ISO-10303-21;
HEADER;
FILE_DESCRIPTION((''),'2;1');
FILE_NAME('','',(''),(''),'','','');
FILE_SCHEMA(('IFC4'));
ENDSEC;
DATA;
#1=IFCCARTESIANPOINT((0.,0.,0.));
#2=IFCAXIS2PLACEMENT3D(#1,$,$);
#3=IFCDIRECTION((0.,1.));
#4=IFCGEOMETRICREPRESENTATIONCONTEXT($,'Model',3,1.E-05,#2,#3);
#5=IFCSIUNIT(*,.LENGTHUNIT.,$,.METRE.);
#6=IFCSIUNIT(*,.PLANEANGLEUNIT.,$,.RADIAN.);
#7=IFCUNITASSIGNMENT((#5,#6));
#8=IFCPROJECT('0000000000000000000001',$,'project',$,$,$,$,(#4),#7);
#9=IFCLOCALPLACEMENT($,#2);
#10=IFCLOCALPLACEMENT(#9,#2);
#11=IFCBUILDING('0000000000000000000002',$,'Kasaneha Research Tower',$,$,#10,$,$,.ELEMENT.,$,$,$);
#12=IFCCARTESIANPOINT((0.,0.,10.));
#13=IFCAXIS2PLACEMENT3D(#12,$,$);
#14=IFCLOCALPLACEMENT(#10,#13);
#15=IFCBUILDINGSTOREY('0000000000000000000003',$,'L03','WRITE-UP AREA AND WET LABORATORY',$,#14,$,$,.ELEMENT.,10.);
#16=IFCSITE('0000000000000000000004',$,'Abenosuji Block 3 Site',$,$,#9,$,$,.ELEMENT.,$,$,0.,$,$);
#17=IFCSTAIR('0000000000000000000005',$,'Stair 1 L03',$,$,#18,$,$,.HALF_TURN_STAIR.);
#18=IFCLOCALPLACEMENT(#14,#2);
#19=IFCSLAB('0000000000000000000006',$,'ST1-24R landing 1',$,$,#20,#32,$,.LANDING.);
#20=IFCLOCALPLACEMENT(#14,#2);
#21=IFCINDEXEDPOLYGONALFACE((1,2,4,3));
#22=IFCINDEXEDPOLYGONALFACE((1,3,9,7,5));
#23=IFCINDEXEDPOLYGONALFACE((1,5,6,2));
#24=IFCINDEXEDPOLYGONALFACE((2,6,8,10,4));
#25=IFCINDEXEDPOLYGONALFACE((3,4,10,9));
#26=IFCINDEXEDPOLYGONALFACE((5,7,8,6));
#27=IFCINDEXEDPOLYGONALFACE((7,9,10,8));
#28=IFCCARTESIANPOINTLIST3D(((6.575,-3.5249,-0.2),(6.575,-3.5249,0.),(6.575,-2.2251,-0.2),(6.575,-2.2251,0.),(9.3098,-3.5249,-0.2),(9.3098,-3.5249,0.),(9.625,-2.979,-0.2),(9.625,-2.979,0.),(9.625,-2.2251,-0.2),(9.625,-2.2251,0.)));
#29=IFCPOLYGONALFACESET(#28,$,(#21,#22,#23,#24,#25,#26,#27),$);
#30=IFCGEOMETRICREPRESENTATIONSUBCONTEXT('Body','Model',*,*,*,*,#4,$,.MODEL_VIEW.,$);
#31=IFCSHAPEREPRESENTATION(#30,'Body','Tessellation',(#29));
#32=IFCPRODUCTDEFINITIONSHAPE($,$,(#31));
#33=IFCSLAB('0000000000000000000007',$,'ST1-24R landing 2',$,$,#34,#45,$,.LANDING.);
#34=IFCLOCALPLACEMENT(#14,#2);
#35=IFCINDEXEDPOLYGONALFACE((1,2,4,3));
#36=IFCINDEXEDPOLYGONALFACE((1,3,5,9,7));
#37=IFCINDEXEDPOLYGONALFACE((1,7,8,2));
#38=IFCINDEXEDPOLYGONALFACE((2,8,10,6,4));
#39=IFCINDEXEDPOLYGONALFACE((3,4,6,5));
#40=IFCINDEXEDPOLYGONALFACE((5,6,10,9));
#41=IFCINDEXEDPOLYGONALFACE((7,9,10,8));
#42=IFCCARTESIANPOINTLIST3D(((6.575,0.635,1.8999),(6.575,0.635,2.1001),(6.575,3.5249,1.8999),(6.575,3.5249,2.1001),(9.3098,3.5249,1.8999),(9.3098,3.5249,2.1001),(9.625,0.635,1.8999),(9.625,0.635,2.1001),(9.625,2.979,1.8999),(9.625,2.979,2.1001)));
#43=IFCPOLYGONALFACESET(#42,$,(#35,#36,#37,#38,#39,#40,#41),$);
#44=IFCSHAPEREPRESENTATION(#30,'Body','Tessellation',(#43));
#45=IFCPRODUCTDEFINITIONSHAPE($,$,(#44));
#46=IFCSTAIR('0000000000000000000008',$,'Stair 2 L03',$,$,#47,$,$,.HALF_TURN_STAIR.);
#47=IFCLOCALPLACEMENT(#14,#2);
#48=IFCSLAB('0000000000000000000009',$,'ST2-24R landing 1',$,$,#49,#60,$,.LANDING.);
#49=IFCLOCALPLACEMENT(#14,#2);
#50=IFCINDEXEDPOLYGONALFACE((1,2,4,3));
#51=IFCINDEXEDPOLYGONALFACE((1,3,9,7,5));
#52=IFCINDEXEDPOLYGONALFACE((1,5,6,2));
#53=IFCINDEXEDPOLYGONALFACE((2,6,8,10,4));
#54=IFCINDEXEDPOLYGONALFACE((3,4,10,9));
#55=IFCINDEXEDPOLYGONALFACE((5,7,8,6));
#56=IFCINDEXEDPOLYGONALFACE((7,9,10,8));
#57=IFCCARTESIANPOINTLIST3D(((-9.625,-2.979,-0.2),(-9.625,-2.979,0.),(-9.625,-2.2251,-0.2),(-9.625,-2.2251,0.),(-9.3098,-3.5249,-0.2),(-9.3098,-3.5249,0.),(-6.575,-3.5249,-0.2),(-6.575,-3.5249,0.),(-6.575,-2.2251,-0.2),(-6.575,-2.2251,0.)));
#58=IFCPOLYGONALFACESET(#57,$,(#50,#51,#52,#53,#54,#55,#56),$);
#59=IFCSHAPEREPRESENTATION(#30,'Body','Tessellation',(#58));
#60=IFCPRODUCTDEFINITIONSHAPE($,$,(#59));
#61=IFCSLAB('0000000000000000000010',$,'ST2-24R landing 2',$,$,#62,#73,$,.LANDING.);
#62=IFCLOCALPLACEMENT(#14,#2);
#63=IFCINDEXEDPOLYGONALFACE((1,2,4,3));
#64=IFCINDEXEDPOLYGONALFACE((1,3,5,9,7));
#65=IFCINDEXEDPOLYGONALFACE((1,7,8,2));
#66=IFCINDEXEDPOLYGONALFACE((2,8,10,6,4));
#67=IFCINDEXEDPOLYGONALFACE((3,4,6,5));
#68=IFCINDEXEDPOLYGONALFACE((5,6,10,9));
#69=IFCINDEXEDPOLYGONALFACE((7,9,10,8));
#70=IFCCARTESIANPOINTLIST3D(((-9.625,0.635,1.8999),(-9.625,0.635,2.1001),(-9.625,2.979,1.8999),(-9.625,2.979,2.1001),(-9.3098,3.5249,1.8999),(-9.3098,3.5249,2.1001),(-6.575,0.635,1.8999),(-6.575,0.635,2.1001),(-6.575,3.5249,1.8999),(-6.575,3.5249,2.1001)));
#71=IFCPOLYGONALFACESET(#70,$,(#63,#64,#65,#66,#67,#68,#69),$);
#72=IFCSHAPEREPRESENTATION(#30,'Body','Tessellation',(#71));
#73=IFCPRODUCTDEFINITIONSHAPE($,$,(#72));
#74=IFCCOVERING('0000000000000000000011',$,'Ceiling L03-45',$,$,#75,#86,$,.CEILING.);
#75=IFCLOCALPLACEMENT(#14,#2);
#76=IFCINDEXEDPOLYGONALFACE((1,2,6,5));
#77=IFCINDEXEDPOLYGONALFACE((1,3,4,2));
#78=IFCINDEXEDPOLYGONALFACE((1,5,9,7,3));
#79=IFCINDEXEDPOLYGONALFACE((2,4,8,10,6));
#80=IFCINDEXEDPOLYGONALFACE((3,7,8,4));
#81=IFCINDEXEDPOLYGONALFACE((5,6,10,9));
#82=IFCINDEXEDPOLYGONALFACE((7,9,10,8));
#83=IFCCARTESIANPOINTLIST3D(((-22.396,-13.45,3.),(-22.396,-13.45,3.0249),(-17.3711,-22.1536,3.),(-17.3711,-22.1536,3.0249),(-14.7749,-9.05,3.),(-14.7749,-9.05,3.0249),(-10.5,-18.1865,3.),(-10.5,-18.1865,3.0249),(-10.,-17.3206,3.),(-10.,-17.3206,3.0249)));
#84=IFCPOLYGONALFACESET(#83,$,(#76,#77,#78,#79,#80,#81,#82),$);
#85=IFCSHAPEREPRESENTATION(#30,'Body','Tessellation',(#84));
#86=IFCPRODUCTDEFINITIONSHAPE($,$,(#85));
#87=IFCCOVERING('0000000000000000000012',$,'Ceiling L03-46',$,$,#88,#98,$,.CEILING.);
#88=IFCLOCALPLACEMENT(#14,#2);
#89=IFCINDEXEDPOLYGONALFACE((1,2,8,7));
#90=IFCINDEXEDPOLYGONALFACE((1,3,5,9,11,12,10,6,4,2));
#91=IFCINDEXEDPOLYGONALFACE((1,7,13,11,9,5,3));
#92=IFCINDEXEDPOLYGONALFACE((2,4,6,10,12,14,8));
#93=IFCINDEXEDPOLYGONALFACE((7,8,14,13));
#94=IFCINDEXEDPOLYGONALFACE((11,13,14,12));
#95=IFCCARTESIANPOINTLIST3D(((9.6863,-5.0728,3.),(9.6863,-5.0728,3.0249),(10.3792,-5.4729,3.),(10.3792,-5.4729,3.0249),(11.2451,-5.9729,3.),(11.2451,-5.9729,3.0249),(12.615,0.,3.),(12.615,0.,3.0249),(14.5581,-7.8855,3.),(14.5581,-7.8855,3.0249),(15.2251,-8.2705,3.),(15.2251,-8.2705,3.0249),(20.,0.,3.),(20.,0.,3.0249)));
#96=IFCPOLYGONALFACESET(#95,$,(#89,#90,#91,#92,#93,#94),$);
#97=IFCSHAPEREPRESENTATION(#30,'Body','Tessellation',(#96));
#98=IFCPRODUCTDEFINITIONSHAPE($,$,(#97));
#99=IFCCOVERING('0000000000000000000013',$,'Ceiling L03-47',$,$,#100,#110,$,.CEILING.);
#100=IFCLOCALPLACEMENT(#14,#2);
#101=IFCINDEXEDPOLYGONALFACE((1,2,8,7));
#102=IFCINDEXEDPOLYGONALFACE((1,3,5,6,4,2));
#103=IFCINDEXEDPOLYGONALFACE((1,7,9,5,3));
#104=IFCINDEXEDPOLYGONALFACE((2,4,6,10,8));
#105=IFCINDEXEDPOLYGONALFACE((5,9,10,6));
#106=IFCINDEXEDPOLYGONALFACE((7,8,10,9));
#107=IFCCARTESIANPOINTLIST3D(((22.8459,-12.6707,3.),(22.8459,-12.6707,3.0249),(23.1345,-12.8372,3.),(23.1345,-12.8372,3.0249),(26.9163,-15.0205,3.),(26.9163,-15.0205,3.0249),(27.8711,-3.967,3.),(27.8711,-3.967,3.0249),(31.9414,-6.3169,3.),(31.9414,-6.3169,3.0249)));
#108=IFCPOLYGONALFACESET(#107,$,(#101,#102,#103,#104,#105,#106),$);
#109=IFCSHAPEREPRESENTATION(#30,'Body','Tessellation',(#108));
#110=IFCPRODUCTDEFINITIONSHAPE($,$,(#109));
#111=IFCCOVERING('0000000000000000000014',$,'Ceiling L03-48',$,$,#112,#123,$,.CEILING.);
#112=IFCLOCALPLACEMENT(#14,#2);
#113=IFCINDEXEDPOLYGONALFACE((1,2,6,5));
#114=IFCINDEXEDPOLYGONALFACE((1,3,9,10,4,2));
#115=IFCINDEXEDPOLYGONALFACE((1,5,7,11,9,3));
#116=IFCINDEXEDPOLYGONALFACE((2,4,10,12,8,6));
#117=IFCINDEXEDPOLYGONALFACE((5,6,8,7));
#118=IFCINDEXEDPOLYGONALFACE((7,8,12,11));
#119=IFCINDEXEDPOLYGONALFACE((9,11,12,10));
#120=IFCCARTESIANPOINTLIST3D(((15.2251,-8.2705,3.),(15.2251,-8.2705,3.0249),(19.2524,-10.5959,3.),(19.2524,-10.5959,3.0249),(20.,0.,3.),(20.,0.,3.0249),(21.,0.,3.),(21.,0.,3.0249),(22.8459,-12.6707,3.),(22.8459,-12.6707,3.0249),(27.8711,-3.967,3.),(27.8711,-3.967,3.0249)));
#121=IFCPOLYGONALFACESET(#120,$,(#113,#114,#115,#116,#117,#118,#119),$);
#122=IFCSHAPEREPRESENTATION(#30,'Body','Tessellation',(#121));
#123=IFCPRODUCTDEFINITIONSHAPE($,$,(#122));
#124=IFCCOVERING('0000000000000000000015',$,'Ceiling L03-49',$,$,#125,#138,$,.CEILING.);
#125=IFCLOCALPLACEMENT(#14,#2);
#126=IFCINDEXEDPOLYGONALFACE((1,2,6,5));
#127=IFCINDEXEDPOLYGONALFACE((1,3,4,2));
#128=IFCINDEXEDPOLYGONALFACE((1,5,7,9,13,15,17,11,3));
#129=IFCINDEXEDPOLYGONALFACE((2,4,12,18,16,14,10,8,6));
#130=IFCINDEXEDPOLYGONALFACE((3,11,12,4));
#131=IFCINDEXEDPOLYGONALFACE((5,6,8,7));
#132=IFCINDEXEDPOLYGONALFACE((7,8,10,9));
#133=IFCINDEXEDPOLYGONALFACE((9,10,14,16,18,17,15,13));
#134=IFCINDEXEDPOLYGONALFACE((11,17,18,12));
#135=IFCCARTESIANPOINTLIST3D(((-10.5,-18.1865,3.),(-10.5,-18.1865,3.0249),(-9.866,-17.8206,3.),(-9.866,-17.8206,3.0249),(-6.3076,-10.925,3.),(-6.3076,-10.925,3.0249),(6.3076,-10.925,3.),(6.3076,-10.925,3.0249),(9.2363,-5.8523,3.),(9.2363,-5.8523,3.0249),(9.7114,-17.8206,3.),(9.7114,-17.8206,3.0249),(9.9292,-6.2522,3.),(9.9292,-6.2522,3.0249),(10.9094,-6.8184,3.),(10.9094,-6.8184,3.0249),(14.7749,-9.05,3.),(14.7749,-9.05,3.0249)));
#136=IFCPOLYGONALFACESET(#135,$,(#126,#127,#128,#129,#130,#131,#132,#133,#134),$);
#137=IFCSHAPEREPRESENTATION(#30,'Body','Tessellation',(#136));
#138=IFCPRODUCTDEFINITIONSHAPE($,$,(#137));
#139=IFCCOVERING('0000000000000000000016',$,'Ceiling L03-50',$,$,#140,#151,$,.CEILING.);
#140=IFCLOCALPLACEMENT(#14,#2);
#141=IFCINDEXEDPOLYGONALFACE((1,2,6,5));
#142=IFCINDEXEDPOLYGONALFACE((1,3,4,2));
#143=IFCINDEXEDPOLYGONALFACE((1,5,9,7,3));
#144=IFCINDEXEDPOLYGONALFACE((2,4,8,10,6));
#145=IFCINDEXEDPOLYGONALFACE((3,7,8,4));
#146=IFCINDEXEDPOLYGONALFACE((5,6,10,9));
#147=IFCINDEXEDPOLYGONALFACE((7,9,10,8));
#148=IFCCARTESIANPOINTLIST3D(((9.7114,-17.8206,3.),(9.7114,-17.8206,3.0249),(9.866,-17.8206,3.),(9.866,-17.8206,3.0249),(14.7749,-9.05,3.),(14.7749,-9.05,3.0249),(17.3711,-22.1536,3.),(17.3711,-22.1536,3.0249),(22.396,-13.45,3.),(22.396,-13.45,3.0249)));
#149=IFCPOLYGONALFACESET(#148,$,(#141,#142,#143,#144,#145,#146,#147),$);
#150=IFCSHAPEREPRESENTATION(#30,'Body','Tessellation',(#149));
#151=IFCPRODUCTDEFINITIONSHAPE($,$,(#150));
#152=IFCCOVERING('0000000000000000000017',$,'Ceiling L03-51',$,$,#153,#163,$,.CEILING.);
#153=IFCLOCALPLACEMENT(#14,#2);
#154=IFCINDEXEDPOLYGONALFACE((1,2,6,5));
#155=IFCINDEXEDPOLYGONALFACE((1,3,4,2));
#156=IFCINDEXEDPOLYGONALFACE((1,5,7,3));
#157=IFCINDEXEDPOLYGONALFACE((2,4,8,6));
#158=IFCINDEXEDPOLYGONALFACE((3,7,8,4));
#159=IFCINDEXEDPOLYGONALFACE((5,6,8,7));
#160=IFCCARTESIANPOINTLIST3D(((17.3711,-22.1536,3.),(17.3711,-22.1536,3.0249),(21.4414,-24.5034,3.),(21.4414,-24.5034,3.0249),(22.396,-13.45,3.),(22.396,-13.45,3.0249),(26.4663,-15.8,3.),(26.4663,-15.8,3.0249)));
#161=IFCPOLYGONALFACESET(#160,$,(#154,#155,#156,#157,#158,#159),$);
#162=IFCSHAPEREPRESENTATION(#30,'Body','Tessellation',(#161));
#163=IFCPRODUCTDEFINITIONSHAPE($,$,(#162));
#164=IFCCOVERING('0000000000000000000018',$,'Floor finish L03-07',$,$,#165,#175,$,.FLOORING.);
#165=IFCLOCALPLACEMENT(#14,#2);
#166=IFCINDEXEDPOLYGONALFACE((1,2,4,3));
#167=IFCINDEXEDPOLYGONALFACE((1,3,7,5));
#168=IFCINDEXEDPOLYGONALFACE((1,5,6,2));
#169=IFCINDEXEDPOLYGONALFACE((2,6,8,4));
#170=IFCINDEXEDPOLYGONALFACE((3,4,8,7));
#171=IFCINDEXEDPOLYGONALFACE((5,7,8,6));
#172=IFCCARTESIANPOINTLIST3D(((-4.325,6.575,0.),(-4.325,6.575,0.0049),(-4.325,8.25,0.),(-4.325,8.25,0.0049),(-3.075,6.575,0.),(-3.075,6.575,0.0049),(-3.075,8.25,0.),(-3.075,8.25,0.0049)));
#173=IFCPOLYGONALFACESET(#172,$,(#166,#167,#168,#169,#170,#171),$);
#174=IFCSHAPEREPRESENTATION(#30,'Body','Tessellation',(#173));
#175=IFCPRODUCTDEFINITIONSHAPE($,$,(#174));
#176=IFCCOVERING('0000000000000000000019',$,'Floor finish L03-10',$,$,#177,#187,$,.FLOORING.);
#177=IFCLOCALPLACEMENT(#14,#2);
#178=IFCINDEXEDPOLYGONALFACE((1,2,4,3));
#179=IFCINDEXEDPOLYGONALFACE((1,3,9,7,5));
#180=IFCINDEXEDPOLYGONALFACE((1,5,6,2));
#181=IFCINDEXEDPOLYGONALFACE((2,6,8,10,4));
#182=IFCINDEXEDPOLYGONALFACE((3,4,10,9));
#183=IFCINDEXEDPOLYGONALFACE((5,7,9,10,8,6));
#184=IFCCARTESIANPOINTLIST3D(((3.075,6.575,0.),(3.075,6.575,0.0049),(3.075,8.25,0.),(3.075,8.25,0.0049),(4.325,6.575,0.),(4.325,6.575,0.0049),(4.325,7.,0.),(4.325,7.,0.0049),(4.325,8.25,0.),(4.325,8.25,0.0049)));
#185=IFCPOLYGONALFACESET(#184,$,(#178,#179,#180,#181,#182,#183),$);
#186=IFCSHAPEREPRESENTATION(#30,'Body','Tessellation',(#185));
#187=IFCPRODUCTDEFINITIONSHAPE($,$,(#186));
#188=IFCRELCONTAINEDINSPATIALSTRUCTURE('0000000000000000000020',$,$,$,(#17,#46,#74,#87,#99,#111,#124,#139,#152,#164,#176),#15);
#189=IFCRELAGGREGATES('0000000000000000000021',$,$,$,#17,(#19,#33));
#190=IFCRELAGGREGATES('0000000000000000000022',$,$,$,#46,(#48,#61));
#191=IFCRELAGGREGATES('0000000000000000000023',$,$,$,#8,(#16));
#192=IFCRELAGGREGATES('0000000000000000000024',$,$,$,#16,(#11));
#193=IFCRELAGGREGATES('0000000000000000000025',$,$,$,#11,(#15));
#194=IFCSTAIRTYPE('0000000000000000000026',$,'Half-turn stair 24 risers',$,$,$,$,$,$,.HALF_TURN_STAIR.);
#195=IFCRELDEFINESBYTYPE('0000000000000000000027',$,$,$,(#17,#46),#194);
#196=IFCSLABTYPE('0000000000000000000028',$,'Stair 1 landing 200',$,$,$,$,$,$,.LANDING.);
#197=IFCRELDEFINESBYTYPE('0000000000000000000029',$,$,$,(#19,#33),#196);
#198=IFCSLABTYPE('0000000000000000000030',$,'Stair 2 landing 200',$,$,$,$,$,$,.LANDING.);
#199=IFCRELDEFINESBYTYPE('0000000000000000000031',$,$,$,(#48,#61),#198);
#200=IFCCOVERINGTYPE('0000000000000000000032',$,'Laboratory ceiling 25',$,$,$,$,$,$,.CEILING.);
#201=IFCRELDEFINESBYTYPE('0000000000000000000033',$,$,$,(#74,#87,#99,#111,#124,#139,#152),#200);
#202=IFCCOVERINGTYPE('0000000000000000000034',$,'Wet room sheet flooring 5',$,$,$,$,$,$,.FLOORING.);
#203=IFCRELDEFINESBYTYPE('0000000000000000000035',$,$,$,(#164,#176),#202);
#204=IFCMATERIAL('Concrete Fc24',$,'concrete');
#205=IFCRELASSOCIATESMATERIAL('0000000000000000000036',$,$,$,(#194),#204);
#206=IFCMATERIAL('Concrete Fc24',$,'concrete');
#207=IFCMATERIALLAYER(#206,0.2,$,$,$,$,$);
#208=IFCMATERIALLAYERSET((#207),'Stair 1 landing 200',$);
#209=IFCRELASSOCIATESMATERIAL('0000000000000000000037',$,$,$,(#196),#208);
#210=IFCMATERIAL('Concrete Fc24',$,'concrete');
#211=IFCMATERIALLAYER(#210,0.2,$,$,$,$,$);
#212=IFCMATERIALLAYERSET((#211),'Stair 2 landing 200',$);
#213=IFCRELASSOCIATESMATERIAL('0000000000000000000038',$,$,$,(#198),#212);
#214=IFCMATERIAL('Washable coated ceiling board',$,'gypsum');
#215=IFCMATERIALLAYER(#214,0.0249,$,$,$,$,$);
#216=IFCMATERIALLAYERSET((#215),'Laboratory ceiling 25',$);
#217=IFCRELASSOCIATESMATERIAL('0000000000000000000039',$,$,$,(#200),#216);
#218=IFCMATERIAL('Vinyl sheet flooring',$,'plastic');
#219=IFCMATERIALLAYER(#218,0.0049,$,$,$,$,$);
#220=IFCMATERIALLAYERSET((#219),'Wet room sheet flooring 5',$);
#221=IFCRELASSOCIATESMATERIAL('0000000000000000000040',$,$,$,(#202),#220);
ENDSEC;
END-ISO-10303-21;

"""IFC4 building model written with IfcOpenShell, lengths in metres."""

from ifc_helpers import new_model, si_unit, direction, frame, origin, place, context, subcontext, project, spatial, polyline, outline, extrude, material, layer, layer_set, type_object, element, aggregate, save


model = new_model("IFC4")

# Units and contexts
model_context = context("Model", 3, precision=1e-05, world=origin(), true_north=direction((0.0, 1.0)))
body_context = subcontext(model_context, "Body", "Model", "MODEL_VIEW")
ifc_project = project(units=[si_unit("LENGTHUNIT", "METRE"), si_unit("PLANEANGLEUNIT", "RADIAN")], contexts=[model_context])

# Site, building, storey
site_placement = place(None, origin())
site = spatial("IfcSite", under=ifc_project, at=site_placement, Name="Abenosuji Block 3 Site", CompositionType="ELEMENT", RefElevation=0.0)
building_placement = place(site_placement, origin())
building = spatial("IfcBuilding", under=site, at=building_placement, Name="Kasaneha Research Tower", CompositionType="ELEMENT")
storey_placement = place(building_placement, frame((0.0, 0.0, 10.0)))
storey = spatial("IfcBuildingStorey", under=building, at=storey_placement, Name="L03", Description="WRITE-UP AREA AND WET LABORATORY", CompositionType="ELEMENT", Elevation=10.0)

# Stairs, slabs
ifc_material_1 = material(Name="Concrete Fc24", Category="concrete")
stair_type = type_object("IfcStairType", Name="Half-turn stair 24 risers", PredefinedType="HALF_TURN_STAIR", material=ifc_material_1)
stair_1_placement = place(storey_placement, origin())
stair_1 = element("IfcStair", 1, at=stair_1_placement, inside=storey, type_object=stair_type, Name="Stair 1 L03", PredefinedType="HALF_TURN_STAIR")
ifc_material_2 = material(Name="Concrete Fc24", Category="concrete")
ifc_layer_1 = layer(ifc_material_2, 0.2)
ifc_layer_set_1 = layer_set([ifc_layer_1], Name="Stair 1 landing 200")
slab_type_1 = type_object("IfcSlabType", Name="Stair 1 landing 200", PredefinedType="LANDING", material=ifc_layer_set_1)
slab_1_placement = place(storey_placement, frame((0.0, 0.0, -0.2)))
slab_1 = element("IfcSlab", 2, at=slab_1_placement, type_object=slab_type_1, Name="ST1-24R landing 1", PredefinedType="LANDING", context=body_context, shape_type="SweptSolid", body=[
    extrude(outline(polyline([(9.3098, -3.5249), (6.575, -3.5249), (6.575, -2.2251), (9.625, -2.2251), (9.625, -2.979), (9.3098, -3.5249)])), origin(), (0.0, 0.0, 1.0), 0.2),
])
slab_2_placement = place(storey_placement, frame((0.0, 0.0, 1.8999)))
slab_2 = element("IfcSlab", 3, at=slab_2_placement, type_object=slab_type_1, Name="ST1-24R landing 2", PredefinedType="LANDING", context=body_context, shape_type="SweptSolid", body=[
    extrude(outline(polyline([(6.575, 3.5249), (9.3098, 3.5249), (9.625, 2.979), (9.625, 0.635), (6.575, 0.635), (6.575, 3.5249)])), origin(), (0.0, 0.0, 1.0), 0.2002),
])
aggregate(stair_1, [slab_1, slab_2])
stair_2_placement = place(storey_placement, origin())
stair_2 = element("IfcStair", 4, at=stair_2_placement, inside=storey, type_object=stair_type, Name="Stair 2 L03", PredefinedType="HALF_TURN_STAIR")
ifc_material_3 = material(Name="Concrete Fc24", Category="concrete")
ifc_layer_2 = layer(ifc_material_3, 0.2)
ifc_layer_set_2 = layer_set([ifc_layer_2], Name="Stair 2 landing 200")
slab_type_2 = type_object("IfcSlabType", Name="Stair 2 landing 200", PredefinedType="LANDING", material=ifc_layer_set_2)
slab_3_placement = place(storey_placement, frame((0.0, 0.0, -0.2)))
slab_3 = element("IfcSlab", 5, at=slab_3_placement, type_object=slab_type_2, Name="ST2-24R landing 1", PredefinedType="LANDING", context=body_context, shape_type="SweptSolid", body=[
    extrude(outline(polyline([(-6.575, -3.5249), (-9.3098, -3.5249), (-9.625, -2.979), (-9.625, -2.2251), (-6.575, -2.2251), (-6.575, -3.5249)])), origin(), (0.0, 0.0, 1.0), 0.2),
])
slab_4_placement = place(storey_placement, frame((0.0, 0.0, 1.8999)))
slab_4 = element("IfcSlab", 6, at=slab_4_placement, type_object=slab_type_2, Name="ST2-24R landing 2", PredefinedType="LANDING", context=body_context, shape_type="SweptSolid", body=[
    extrude(outline(polyline([(-6.575, 0.635), (-9.625, 0.635), (-9.625, 2.979), (-9.3098, 3.5249), (-6.575, 3.5249), (-6.575, 0.635)])), origin(), (0.0, 0.0, 1.0), 0.2002),
])
aggregate(stair_2, [slab_3, slab_4])

# Coverings
ifc_material_4 = material(Name="Washable coated ceiling board", Category="gypsum")
ifc_layer_3 = layer(ifc_material_4, 0.0249)
ifc_layer_set_3 = layer_set([ifc_layer_3], Name="Laboratory ceiling 25")
covering_type_1 = type_object("IfcCoveringType", Name="Laboratory ceiling 25", PredefinedType="CEILING", material=ifc_layer_set_3)
covering_1_placement = place(storey_placement, frame((0.0, 0.0, 3.0)))
element("IfcCovering", 7, at=covering_1_placement, inside=storey, type_object=covering_type_1, Name="Ceiling L03-45", PredefinedType="CEILING", context=body_context, shape_type="SweptSolid", body=[
    extrude(outline(polyline([(-10.5, -18.1865), (-17.3711, -22.1536), (-22.396, -13.45), (-14.7749, -9.05), (-10.0, -17.3206), (-10.5, -18.1865)])), origin(), (0.0, 0.0, 1.0), 0.0249),
])
covering_2_placement = place(storey_placement, frame((0.0, 0.0, 3.0)))
element("IfcCovering", 8, at=covering_2_placement, inside=storey, type_object=covering_type_1, Name="Ceiling L03-46", PredefinedType="CEILING", context=body_context, shape_type="SweptSolid", body=[
    extrude(outline(polyline([(11.2451, -5.9729), (10.3792, -5.4729), (9.6863, -5.0728), (12.615, 0.0), (20.0, 0.0), (15.2251, -8.2705), (14.5581, -7.8855), (11.2451, -5.9729)])), origin(), (0.0, 0.0, 1.0), 0.0249),
])
covering_3_placement = place(storey_placement, frame((0.0, 0.0, 3.0)))
element("IfcCovering", 9, at=covering_3_placement, inside=storey, type_object=covering_type_1, Name="Ceiling L03-47", PredefinedType="CEILING", context=body_context, shape_type="SweptSolid", body=[
    extrude(outline(polyline([(22.8459, -12.6707), (27.8711, -3.967), (31.9414, -6.3169), (26.9163, -15.0205), (23.1345, -12.8372), (22.8459, -12.6707)])), origin(), (0.0, 0.0, 1.0), 0.0249),
])
covering_4_placement = place(storey_placement, frame((0.0, 0.0, 3.0)))
element("IfcCovering", 10, at=covering_4_placement, inside=storey, type_object=covering_type_1, Name="Ceiling L03-48", PredefinedType="CEILING", context=body_context, shape_type="SweptSolid", body=[
    extrude(outline(polyline([(15.2251, -8.2705), (20.0, 0.0), (21.0, 0.0), (27.8711, -3.967), (22.8459, -12.6707), (19.2524, -10.5959), (15.2251, -8.2705)])), origin(), (0.0, 0.0, 1.0), 0.0249),
])
covering_5_placement = place(storey_placement, frame((0.0, 0.0, 3.0)))
element("IfcCovering", 11, at=covering_5_placement, inside=storey, type_object=covering_type_1, Name="Ceiling L03-49", PredefinedType="CEILING", context=body_context, shape_type="SweptSolid", body=[
    extrude(outline(polyline([(-10.5, -18.1865), (-6.3076, -10.925), (6.3076, -10.925), (9.2363, -5.8523), (9.9292, -6.2522), (9.9292, -6.2522), (10.9094, -6.8184), (14.7749, -9.05), (9.7114, -17.8206), (-9.866, -17.8206), (-10.5, -18.1865)])), origin(), (0.0, 0.0, 1.0), 0.0249),
])
covering_6_placement = place(storey_placement, frame((0.0, 0.0, 3.0)))
element("IfcCovering", 12, at=covering_6_placement, inside=storey, type_object=covering_type_1, Name="Ceiling L03-50", PredefinedType="CEILING", context=body_context, shape_type="SweptSolid", body=[
    extrude(outline(polyline([(14.7749, -9.05), (22.396, -13.45), (17.3711, -22.1536), (9.866, -17.8206), (9.7114, -17.8206), (14.7749, -9.05)])), origin(), (0.0, 0.0, 1.0), 0.0249),
])
covering_7_placement = place(storey_placement, frame((0.0, 0.0, 3.0)))
element("IfcCovering", 13, at=covering_7_placement, inside=storey, type_object=covering_type_1, Name="Ceiling L03-51", PredefinedType="CEILING", context=body_context, shape_type="SweptSolid", body=[
    extrude(outline(polyline([(21.4414, -24.5034), (17.3711, -22.1536), (22.396, -13.45), (26.4663, -15.8), (21.4414, -24.5034)])), origin(), (0.0, 0.0, 1.0), 0.0249),
])
ifc_material_5 = material(Name="Vinyl sheet flooring", Category="plastic")
ifc_layer_4 = layer(ifc_material_5, 0.0049)
ifc_layer_set_4 = layer_set([ifc_layer_4], Name="Wet room sheet flooring 5")
covering_type_2 = type_object("IfcCoveringType", Name="Wet room sheet flooring 5", PredefinedType="FLOORING", material=ifc_layer_set_4)
covering_8_placement = place(storey_placement, origin())
element("IfcCovering", 14, at=covering_8_placement, inside=storey, type_object=covering_type_2, Name="Floor finish L03-07", PredefinedType="FLOORING", context=body_context, shape_type="SweptSolid", body=[
    extrude(outline(polyline([(-4.325, 6.575), (-4.325, 8.25), (-3.075, 8.25), (-3.075, 6.575), (-4.325, 6.575)])), origin(), (0.0, 0.0, 1.0), 0.0049),
])
covering_9_placement = place(storey_placement, origin())
element("IfcCovering", 15, at=covering_9_placement, inside=storey, type_object=covering_type_2, Name="Floor finish L03-10", PredefinedType="FLOORING", context=body_context, shape_type="SweptSolid", body=[
    extrude(outline(polyline([(3.075, 6.575), (3.075, 8.25), (4.325, 8.25), (4.325, 7.0), (4.325, 6.575), (3.075, 6.575)])), origin(), (0.0, 0.0, 1.0), 0.0049),
])

save(model, "model.ifc")
